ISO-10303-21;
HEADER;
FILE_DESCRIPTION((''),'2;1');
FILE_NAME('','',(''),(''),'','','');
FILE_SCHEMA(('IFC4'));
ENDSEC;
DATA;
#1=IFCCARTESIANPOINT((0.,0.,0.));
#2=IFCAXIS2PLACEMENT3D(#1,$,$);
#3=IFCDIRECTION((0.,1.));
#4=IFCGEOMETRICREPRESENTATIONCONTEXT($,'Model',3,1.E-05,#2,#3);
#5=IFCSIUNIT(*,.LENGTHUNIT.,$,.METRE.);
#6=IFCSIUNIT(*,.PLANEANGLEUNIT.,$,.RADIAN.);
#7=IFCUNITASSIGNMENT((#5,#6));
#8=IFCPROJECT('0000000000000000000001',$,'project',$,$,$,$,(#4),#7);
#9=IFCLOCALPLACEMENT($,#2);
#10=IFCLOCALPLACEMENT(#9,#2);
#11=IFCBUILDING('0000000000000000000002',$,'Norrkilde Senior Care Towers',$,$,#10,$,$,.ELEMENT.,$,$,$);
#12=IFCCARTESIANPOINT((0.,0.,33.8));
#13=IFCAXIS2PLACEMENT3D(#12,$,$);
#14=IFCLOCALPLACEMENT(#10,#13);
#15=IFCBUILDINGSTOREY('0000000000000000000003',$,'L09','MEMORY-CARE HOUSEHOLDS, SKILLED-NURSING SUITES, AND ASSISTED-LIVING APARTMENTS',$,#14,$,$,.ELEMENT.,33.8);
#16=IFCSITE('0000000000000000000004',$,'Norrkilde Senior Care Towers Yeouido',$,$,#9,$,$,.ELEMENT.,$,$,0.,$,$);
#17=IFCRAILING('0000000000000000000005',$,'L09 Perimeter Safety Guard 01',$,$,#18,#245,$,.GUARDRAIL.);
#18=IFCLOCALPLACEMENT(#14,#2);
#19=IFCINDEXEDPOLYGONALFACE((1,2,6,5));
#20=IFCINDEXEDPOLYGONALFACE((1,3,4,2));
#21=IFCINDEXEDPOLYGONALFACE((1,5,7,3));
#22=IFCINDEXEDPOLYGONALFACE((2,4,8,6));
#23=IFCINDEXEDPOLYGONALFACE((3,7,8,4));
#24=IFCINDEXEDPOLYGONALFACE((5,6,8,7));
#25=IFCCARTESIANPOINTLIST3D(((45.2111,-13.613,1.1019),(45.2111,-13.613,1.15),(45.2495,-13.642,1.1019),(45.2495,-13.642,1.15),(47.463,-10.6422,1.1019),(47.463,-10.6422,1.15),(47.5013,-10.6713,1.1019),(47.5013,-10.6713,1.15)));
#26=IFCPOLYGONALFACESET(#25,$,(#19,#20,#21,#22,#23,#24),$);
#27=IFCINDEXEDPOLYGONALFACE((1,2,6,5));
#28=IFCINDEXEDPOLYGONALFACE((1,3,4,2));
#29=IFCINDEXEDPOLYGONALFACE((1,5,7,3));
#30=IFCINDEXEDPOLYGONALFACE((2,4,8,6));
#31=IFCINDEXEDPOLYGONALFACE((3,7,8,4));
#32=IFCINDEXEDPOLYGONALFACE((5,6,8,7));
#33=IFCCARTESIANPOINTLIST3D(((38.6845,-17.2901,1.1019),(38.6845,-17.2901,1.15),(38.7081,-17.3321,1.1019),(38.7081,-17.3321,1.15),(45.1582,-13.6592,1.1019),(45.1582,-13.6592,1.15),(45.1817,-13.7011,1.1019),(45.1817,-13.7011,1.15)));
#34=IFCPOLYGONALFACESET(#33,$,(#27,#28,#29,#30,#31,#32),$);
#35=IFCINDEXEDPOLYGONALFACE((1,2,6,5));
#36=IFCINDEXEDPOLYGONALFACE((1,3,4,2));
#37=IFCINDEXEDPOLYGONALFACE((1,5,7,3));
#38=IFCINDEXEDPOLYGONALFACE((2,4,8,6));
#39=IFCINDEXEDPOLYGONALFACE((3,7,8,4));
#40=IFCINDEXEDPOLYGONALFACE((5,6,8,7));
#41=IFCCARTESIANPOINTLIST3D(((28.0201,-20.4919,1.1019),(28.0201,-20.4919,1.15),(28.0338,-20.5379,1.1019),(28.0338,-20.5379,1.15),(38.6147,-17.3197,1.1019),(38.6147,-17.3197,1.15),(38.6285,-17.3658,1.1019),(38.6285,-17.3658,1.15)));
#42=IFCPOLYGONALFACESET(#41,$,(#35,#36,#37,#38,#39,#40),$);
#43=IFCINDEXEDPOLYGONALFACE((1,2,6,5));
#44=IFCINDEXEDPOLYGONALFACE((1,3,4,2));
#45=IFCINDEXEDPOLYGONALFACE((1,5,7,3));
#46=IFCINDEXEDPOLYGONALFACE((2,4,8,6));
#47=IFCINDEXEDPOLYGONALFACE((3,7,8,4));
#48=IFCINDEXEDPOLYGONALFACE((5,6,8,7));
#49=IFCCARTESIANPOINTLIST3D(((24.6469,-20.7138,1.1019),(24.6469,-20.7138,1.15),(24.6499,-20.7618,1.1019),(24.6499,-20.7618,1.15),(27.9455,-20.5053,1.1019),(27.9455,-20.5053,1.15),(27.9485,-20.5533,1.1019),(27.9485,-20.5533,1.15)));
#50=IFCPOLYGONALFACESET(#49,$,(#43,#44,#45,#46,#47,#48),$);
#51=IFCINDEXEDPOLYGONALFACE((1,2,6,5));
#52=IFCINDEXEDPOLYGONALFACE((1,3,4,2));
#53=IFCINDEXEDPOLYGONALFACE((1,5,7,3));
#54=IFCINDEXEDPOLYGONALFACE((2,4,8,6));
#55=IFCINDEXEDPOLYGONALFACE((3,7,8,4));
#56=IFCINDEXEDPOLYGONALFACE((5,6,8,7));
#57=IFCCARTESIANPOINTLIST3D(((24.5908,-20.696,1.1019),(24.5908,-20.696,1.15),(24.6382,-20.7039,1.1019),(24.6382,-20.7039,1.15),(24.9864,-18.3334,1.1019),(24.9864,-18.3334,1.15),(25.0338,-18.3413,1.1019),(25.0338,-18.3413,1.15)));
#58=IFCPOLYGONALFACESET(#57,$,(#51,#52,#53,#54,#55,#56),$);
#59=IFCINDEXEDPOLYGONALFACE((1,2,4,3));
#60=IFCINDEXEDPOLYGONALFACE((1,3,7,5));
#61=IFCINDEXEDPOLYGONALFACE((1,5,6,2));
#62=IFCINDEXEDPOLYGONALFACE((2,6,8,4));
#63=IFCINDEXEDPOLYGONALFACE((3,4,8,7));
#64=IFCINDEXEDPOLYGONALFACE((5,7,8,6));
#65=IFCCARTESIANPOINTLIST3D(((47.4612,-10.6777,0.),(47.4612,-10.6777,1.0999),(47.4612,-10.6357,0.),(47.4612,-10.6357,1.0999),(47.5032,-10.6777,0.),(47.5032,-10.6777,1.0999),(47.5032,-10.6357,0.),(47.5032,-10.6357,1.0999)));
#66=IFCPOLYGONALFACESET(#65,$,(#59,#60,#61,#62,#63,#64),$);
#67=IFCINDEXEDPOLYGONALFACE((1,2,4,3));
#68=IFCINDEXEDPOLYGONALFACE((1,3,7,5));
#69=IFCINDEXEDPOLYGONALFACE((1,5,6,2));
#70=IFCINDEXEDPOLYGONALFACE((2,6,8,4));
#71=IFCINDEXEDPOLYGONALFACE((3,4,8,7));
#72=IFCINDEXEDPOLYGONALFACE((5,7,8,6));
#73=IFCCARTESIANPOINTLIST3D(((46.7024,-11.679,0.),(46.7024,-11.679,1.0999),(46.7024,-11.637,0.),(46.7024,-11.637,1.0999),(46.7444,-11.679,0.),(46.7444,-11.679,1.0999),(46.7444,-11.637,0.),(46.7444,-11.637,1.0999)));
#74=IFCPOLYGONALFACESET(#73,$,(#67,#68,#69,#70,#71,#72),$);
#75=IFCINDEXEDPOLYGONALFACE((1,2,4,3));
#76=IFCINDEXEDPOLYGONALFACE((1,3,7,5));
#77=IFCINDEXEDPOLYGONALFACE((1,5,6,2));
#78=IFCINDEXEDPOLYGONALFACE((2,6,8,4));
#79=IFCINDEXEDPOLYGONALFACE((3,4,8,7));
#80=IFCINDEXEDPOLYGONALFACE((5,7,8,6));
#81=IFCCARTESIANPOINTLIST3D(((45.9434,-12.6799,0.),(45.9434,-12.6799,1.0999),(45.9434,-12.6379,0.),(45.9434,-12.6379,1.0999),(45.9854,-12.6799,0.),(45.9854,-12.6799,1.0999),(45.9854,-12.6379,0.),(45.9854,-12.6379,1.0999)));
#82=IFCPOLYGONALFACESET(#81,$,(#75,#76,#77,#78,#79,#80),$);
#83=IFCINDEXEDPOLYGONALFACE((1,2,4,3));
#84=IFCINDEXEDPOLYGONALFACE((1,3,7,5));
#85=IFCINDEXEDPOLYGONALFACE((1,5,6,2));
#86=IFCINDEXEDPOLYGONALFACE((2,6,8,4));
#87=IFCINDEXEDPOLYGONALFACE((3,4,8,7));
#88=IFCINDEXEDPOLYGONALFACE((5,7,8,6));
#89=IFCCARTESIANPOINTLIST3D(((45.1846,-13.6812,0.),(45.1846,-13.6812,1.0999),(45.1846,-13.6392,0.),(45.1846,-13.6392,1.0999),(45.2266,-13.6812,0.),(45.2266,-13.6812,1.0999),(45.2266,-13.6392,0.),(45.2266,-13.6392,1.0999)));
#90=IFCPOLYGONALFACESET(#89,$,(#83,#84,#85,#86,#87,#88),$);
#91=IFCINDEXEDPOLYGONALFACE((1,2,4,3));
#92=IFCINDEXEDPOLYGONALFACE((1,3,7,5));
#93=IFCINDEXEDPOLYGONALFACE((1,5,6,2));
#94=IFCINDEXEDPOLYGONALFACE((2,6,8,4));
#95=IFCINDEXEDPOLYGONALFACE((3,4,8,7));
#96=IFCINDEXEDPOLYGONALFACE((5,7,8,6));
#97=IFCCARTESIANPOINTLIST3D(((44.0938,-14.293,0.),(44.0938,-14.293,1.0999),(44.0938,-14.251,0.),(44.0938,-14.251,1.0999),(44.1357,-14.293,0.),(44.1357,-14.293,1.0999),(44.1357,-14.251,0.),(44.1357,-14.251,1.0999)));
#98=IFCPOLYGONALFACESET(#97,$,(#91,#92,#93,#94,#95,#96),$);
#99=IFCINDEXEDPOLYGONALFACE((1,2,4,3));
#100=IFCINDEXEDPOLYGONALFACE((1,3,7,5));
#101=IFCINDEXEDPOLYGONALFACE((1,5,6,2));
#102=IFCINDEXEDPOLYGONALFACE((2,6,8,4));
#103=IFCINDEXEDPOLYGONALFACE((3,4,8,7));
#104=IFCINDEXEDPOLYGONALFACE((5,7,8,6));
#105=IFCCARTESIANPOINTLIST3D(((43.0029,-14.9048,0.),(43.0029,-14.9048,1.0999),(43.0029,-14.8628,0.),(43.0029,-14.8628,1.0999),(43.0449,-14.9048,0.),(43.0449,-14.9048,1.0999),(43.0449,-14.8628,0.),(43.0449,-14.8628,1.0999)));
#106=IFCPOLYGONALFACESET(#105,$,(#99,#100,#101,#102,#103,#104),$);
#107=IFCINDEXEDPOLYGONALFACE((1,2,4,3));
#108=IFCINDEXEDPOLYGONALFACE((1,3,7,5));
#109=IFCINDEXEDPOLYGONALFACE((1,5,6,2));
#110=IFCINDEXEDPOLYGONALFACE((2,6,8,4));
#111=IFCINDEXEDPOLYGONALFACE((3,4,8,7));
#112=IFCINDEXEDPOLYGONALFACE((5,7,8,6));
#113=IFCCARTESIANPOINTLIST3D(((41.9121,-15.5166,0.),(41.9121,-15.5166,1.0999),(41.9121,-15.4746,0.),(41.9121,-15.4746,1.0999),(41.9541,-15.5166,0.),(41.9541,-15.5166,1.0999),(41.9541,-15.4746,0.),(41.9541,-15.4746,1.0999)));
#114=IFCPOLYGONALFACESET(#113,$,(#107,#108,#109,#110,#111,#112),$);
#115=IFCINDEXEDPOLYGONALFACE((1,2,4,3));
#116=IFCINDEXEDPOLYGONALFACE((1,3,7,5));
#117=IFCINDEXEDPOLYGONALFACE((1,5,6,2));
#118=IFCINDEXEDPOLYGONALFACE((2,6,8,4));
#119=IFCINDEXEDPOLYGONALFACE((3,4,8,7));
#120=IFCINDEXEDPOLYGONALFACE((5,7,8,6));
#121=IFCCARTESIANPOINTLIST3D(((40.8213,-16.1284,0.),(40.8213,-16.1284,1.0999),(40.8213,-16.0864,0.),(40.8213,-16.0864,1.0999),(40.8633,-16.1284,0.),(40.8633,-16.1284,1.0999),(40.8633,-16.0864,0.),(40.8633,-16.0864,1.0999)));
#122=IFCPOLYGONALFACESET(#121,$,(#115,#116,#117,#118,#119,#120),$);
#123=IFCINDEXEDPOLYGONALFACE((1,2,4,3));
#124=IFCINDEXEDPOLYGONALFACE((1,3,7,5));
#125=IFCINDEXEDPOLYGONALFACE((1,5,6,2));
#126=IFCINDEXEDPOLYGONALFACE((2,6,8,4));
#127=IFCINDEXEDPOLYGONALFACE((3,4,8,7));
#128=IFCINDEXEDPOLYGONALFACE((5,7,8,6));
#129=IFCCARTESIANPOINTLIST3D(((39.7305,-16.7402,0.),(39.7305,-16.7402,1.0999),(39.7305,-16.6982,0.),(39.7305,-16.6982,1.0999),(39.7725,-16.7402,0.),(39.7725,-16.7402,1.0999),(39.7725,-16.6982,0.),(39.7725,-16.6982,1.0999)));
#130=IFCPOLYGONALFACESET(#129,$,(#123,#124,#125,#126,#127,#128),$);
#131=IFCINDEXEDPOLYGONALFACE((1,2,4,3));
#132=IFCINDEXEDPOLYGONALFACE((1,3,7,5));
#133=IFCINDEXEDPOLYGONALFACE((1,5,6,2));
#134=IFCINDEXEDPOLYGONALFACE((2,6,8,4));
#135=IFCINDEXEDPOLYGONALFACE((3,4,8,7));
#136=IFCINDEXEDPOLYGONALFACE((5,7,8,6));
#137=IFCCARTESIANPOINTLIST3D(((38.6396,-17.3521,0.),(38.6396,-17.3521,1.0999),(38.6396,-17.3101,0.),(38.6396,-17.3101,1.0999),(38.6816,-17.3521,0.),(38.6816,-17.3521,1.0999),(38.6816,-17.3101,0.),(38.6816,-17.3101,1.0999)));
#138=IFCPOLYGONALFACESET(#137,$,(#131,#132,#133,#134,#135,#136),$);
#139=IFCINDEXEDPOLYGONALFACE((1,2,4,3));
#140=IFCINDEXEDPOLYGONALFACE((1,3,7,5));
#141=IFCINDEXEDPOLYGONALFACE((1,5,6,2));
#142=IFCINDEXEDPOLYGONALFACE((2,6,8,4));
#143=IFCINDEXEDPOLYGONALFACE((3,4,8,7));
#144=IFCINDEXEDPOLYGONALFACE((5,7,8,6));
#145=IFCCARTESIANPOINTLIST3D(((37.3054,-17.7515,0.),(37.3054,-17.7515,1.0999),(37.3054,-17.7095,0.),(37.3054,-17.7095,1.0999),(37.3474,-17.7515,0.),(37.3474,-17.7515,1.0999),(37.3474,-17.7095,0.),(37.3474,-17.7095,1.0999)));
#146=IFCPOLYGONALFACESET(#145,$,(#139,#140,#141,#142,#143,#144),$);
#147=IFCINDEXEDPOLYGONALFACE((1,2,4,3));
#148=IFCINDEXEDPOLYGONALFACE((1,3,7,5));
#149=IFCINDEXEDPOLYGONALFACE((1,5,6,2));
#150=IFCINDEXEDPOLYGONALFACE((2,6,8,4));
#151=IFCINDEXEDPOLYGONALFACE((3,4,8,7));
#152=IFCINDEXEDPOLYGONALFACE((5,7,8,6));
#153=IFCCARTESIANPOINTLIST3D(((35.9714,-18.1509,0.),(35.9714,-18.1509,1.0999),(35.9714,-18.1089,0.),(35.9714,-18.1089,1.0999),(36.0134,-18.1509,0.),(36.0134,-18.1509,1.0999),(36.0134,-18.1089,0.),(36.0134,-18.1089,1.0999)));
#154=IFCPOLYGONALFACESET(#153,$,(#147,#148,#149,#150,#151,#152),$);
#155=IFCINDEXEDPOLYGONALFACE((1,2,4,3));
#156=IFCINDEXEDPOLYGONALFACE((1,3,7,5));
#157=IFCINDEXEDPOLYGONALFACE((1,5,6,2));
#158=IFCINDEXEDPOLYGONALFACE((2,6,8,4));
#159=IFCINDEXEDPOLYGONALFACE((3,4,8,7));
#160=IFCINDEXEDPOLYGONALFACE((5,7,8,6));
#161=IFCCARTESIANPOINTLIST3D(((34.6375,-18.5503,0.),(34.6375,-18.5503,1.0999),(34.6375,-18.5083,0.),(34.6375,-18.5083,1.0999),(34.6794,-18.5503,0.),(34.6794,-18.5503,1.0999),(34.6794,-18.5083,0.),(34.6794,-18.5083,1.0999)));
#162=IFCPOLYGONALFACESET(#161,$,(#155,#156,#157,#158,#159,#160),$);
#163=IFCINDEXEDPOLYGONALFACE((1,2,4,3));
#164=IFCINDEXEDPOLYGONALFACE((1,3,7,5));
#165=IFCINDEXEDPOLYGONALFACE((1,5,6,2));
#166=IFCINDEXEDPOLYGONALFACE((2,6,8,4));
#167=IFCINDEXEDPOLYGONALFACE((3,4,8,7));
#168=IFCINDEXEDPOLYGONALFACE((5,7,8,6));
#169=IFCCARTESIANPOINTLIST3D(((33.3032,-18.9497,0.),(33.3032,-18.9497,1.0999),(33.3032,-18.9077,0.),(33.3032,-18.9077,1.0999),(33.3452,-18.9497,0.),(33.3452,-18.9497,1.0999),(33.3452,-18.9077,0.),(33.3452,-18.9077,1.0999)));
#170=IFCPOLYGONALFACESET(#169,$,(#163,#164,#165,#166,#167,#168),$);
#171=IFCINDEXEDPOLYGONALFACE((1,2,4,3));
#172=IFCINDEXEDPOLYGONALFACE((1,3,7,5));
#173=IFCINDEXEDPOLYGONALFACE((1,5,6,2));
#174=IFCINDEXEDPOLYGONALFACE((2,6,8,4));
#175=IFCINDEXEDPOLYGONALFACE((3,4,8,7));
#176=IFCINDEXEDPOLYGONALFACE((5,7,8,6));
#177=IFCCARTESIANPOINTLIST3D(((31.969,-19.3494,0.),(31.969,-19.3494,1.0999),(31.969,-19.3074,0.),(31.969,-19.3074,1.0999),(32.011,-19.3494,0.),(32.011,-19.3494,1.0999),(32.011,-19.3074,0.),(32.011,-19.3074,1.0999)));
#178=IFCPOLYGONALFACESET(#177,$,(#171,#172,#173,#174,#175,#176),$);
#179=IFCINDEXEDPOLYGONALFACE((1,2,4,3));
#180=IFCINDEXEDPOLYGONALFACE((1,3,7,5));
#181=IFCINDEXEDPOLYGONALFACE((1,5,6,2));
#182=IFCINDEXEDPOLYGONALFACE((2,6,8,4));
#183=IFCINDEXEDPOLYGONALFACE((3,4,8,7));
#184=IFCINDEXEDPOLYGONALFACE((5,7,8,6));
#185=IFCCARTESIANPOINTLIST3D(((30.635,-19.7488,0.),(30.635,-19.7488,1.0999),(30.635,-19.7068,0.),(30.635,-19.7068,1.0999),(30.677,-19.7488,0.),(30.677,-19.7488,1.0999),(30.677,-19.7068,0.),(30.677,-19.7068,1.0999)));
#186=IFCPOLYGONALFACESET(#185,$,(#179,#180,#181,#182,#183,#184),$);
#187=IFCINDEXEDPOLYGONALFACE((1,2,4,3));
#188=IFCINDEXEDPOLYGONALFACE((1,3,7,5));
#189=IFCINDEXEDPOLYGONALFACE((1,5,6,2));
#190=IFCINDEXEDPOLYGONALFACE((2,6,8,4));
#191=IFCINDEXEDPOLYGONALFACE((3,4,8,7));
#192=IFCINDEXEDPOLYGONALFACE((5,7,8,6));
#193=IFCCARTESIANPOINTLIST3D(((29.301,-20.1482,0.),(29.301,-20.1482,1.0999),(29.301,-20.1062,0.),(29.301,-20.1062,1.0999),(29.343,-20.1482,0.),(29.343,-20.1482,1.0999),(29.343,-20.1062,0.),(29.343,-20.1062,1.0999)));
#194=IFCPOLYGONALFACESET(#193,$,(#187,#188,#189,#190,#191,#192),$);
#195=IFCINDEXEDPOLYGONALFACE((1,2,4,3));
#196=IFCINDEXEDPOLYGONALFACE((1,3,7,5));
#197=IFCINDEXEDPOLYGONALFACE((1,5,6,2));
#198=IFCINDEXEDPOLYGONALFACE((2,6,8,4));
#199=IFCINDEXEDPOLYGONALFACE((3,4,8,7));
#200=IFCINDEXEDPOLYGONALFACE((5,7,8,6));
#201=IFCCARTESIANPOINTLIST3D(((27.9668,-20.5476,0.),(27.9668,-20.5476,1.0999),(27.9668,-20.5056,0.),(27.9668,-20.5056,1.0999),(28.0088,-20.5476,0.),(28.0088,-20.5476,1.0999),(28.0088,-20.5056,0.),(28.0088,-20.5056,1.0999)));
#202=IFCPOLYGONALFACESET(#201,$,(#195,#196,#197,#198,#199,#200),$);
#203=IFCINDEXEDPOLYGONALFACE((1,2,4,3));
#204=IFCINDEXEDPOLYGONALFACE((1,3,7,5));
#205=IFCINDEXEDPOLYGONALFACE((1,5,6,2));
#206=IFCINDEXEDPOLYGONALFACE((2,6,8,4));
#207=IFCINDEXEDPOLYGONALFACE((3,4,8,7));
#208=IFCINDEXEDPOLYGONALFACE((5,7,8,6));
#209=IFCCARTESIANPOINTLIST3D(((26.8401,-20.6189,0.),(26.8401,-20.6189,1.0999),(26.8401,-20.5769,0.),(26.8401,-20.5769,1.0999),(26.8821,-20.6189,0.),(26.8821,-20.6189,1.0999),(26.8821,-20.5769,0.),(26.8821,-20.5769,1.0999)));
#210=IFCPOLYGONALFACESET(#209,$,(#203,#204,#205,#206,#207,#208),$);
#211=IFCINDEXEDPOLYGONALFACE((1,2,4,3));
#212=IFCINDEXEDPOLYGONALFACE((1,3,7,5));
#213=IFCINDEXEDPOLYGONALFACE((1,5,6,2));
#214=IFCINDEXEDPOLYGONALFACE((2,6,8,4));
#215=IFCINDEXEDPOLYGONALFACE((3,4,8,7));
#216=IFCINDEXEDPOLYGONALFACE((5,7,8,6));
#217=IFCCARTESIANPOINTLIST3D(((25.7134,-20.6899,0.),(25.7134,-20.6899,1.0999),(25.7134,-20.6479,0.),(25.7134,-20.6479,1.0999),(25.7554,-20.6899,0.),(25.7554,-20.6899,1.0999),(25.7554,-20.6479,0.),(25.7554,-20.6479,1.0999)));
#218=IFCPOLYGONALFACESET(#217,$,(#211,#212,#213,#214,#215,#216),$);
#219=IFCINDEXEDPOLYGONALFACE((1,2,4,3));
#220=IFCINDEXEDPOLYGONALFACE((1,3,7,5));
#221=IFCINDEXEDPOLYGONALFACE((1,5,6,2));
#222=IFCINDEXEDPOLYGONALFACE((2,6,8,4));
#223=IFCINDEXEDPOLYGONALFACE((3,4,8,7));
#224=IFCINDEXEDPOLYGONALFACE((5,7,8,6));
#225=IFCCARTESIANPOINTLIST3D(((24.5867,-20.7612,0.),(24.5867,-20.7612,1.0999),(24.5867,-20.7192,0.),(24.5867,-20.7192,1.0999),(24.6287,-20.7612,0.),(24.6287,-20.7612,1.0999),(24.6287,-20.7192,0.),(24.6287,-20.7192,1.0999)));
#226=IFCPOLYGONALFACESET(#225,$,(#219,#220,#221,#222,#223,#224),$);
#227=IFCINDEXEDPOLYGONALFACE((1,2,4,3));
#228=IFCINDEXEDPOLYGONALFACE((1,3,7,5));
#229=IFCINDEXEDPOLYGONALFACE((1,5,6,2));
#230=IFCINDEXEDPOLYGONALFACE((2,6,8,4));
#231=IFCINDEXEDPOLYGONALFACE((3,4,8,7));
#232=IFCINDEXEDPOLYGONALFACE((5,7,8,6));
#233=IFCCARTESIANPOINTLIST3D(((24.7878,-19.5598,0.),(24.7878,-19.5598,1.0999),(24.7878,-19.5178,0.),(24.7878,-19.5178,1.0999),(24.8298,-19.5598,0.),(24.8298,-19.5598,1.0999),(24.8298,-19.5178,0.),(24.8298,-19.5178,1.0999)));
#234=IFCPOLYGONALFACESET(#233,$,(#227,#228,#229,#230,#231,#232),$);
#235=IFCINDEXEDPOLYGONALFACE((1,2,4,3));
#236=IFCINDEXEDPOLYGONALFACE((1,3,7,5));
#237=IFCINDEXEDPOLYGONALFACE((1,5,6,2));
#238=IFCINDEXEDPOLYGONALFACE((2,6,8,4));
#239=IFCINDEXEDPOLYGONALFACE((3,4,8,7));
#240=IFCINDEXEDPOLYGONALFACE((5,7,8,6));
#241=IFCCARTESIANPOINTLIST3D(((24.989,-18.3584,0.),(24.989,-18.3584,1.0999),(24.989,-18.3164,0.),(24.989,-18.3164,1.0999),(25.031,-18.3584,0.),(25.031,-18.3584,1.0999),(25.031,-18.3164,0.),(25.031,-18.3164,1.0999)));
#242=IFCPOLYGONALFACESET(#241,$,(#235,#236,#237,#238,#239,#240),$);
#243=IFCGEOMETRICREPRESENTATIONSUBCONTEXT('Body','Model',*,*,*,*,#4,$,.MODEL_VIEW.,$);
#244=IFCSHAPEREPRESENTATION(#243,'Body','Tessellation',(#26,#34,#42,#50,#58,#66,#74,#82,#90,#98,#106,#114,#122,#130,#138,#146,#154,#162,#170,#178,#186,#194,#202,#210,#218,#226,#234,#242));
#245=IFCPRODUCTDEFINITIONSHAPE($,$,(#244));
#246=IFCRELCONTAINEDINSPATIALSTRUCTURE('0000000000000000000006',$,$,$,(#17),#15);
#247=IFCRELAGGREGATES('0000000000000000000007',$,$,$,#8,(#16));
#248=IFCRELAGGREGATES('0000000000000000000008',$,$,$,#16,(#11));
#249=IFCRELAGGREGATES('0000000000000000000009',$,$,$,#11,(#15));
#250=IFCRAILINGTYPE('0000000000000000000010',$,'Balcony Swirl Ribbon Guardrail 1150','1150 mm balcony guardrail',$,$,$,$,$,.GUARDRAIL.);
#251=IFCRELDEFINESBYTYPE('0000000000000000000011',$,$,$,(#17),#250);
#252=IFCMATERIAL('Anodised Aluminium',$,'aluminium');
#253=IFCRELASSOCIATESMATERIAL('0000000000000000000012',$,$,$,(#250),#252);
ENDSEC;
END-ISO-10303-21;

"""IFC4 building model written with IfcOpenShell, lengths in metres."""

from ifc_helpers import new_model, si_unit, direction, frame, origin, origin_2d, place, context, subcontext, project, spatial, rectangle, extrude, material, type_object, element, save


model = new_model("IFC4")

# Units and contexts
model_context = context("Model", 3, precision=1e-05, world=origin(), true_north=direction((0.0, 1.0)))
body_context = subcontext(model_context, "Body", "Model", "MODEL_VIEW")
ifc_project = project(units=[si_unit("LENGTHUNIT", "METRE"), si_unit("PLANEANGLEUNIT", "RADIAN")], contexts=[model_context])

# Site, building, storey
site_placement = place(None, origin())
site = spatial("IfcSite", under=ifc_project, at=site_placement, Name="Norrkilde Senior Care Towers Yeouido", CompositionType="ELEMENT", RefElevation=0.0)
building_placement = place(site_placement, origin())
building = spatial("IfcBuilding", under=site, at=building_placement, Name="Norrkilde Senior Care Towers", CompositionType="ELEMENT")
storey_placement = place(building_placement, frame((0.0, 0.0, 33.8)))
storey = spatial("IfcBuildingStorey", under=building, at=storey_placement, Name="L09", Description="MEMORY-CARE HOUSEHOLDS, SKILLED-NURSING SUITES, AND ASSISTED-LIVING APARTMENTS", CompositionType="ELEMENT", Elevation=33.8)

# Shared definitions
ifc_material_1 = material(Name="Anodised Aluminium", Category="aluminium")

# Railing
railing_type = type_object("IfcRailingType", Name="Balcony Swirl Ribbon Guardrail 1150", Description="1150 mm balcony guardrail", PredefinedType="GUARDRAIL", material=ifc_material_1)
railing_placement = place(storey_placement, frame((47.4822, -10.6567, 0.0)))
element("IfcRailing", 1, at=railing_placement, inside=storey, type_object=railing_type, Name="L09 Perimeter Safety Guard 01", PredefinedType="GUARDRAIL", context=body_context, shape_type="SweptSolid", body=[
    extrude(rectangle(XDim=0.0481, YDim=0.0481, at=origin_2d()), frame((0.0, 0.0, 1.126), z_axis=(-0.604076, -0.796927, 0.0), x_axis=(0.796927, -0.604076, 0.0)), (0.0, 0.0, 1.0), 3.7278),
    extrude(rectangle(XDim=0.0481, YDim=0.0481, at=origin_2d()), frame((-2.3123, -3.0234, 1.126), z_axis=(-0.87218, -0.489186, 0.0), x_axis=(0.489186, -0.87218, 0.0)), (0.0, 0.0, 1.0), 7.4224),
    extrude(rectangle(XDim=0.0481, YDim=0.0481, at=origin_2d()), frame((-8.8606, -6.686, 1.126), z_axis=(-0.957982, -0.286829, 0.0), x_axis=(0.286829, -0.957982, 0.0)), (0.0, 0.0, 1.0), 11.0593),
    extrude(rectangle(XDim=0.0481, YDim=0.0481, at=origin_2d()), frame((-19.5352, -9.8726, 1.126), z_axis=(-0.998009, -0.063074, 0.0), x_axis=(0.063074, -0.998009, 0.0)), (0.0, 0.0, 1.0), 3.3052),
    extrude(rectangle(XDim=0.0481, YDim=0.0481, at=origin_2d()), frame((-22.8677, -10.0432, 1.126), z_axis=(0.165146, 0.986269, 0.0), x_axis=(-0.986269, 0.165146, 0.0)), (0.0, 0.0, 1.0), 2.3955),
    extrude(rectangle(XDim=0.042, YDim=0.042, at=origin_2d()), origin(), (0.0, 0.0, 1.0), 1.0999),
    extrude(rectangle(XDim=0.042, YDim=0.042, at=origin_2d()), frame((-0.7588, -1.0012, 0.0)), (0.0, 0.0, 1.0), 1.0999),
    extrude(rectangle(XDim=0.042, YDim=0.042, at=origin_2d()), frame((-1.5178, -2.0022, 0.0)), (0.0, 0.0, 1.0), 1.0999),
    extrude(rectangle(XDim=0.042, YDim=0.042, at=origin_2d()), frame((-2.2766, -3.0034, 0.0)), (0.0, 0.0, 1.0), 1.0999),
    extrude(rectangle(XDim=0.042, YDim=0.042, at=origin_2d()), frame((-3.3674, -3.6152, 0.0)), (0.0, 0.0, 1.0), 1.0999),
    extrude(rectangle(XDim=0.042, YDim=0.042, at=origin_2d()), frame((-4.4583, -4.2271, 0.0)), (0.0, 0.0, 1.0), 1.0999),
    extrude(rectangle(XDim=0.042, YDim=0.042, at=origin_2d()), frame((-5.5491, -4.8389, 0.0)), (0.0, 0.0, 1.0), 1.0999),
    extrude(rectangle(XDim=0.042, YDim=0.042, at=origin_2d()), frame((-6.6399, -5.4507, 0.0)), (0.0, 0.0, 1.0), 1.0999),
    extrude(rectangle(XDim=0.042, YDim=0.042, at=origin_2d()), frame((-7.7307, -6.0625, 0.0)), (0.0, 0.0, 1.0), 1.0999),
    extrude(rectangle(XDim=0.042, YDim=0.042, at=origin_2d()), frame((-8.8215, -6.6743, 0.0)), (0.0, 0.0, 1.0), 1.0999),
    extrude(rectangle(XDim=0.042, YDim=0.042, at=origin_2d()), frame((-10.1558, -7.0737, 0.0)), (0.0, 0.0, 1.0), 1.0999),
    extrude(rectangle(XDim=0.042, YDim=0.042, at=origin_2d()), frame((-11.4897, -7.4731, 0.0)), (0.0, 0.0, 1.0), 1.0999),
    extrude(rectangle(XDim=0.042, YDim=0.042, at=origin_2d()), frame((-12.8237, -7.8726, 0.0)), (0.0, 0.0, 1.0), 1.0999),
    extrude(rectangle(XDim=0.042, YDim=0.042, at=origin_2d()), frame((-14.158, -8.272, 0.0)), (0.0, 0.0, 1.0), 1.0999),
    extrude(rectangle(XDim=0.042, YDim=0.042, at=origin_2d()), frame((-15.4922, -8.6716, 0.0)), (0.0, 0.0, 1.0), 1.0999),
    extrude(rectangle(XDim=0.042, YDim=0.042, at=origin_2d()), frame((-16.8262, -9.071, 0.0)), (0.0, 0.0, 1.0), 1.0999),
    extrude(rectangle(XDim=0.042, YDim=0.042, at=origin_2d()), frame((-18.1602, -9.4705, 0.0)), (0.0, 0.0, 1.0), 1.0999),
    extrude(rectangle(XDim=0.042, YDim=0.042, at=origin_2d()), frame((-19.4944, -9.8699, 0.0)), (0.0, 0.0, 1.0), 1.0999),
    extrude(rectangle(XDim=0.042, YDim=0.042, at=origin_2d()), frame((-20.6211, -9.9412, 0.0)), (0.0, 0.0, 1.0), 1.0999),
    extrude(rectangle(XDim=0.042, YDim=0.042, at=origin_2d()), frame((-21.7478, -10.0122, 0.0)), (0.0, 0.0, 1.0), 1.0999),
    extrude(rectangle(XDim=0.042, YDim=0.042, at=origin_2d()), frame((-22.8745, -10.0835, 0.0)), (0.0, 0.0, 1.0), 1.0999),
    extrude(rectangle(XDim=0.042, YDim=0.042, at=origin_2d()), frame((-22.6733, -8.8821, 0.0)), (0.0, 0.0, 1.0), 1.0999),
    extrude(rectangle(XDim=0.042, YDim=0.042, at=origin_2d()), frame((-22.4722, -7.6807, 0.0)), (0.0, 0.0, 1.0), 1.0999),
])

save(model, "model.ifc")
